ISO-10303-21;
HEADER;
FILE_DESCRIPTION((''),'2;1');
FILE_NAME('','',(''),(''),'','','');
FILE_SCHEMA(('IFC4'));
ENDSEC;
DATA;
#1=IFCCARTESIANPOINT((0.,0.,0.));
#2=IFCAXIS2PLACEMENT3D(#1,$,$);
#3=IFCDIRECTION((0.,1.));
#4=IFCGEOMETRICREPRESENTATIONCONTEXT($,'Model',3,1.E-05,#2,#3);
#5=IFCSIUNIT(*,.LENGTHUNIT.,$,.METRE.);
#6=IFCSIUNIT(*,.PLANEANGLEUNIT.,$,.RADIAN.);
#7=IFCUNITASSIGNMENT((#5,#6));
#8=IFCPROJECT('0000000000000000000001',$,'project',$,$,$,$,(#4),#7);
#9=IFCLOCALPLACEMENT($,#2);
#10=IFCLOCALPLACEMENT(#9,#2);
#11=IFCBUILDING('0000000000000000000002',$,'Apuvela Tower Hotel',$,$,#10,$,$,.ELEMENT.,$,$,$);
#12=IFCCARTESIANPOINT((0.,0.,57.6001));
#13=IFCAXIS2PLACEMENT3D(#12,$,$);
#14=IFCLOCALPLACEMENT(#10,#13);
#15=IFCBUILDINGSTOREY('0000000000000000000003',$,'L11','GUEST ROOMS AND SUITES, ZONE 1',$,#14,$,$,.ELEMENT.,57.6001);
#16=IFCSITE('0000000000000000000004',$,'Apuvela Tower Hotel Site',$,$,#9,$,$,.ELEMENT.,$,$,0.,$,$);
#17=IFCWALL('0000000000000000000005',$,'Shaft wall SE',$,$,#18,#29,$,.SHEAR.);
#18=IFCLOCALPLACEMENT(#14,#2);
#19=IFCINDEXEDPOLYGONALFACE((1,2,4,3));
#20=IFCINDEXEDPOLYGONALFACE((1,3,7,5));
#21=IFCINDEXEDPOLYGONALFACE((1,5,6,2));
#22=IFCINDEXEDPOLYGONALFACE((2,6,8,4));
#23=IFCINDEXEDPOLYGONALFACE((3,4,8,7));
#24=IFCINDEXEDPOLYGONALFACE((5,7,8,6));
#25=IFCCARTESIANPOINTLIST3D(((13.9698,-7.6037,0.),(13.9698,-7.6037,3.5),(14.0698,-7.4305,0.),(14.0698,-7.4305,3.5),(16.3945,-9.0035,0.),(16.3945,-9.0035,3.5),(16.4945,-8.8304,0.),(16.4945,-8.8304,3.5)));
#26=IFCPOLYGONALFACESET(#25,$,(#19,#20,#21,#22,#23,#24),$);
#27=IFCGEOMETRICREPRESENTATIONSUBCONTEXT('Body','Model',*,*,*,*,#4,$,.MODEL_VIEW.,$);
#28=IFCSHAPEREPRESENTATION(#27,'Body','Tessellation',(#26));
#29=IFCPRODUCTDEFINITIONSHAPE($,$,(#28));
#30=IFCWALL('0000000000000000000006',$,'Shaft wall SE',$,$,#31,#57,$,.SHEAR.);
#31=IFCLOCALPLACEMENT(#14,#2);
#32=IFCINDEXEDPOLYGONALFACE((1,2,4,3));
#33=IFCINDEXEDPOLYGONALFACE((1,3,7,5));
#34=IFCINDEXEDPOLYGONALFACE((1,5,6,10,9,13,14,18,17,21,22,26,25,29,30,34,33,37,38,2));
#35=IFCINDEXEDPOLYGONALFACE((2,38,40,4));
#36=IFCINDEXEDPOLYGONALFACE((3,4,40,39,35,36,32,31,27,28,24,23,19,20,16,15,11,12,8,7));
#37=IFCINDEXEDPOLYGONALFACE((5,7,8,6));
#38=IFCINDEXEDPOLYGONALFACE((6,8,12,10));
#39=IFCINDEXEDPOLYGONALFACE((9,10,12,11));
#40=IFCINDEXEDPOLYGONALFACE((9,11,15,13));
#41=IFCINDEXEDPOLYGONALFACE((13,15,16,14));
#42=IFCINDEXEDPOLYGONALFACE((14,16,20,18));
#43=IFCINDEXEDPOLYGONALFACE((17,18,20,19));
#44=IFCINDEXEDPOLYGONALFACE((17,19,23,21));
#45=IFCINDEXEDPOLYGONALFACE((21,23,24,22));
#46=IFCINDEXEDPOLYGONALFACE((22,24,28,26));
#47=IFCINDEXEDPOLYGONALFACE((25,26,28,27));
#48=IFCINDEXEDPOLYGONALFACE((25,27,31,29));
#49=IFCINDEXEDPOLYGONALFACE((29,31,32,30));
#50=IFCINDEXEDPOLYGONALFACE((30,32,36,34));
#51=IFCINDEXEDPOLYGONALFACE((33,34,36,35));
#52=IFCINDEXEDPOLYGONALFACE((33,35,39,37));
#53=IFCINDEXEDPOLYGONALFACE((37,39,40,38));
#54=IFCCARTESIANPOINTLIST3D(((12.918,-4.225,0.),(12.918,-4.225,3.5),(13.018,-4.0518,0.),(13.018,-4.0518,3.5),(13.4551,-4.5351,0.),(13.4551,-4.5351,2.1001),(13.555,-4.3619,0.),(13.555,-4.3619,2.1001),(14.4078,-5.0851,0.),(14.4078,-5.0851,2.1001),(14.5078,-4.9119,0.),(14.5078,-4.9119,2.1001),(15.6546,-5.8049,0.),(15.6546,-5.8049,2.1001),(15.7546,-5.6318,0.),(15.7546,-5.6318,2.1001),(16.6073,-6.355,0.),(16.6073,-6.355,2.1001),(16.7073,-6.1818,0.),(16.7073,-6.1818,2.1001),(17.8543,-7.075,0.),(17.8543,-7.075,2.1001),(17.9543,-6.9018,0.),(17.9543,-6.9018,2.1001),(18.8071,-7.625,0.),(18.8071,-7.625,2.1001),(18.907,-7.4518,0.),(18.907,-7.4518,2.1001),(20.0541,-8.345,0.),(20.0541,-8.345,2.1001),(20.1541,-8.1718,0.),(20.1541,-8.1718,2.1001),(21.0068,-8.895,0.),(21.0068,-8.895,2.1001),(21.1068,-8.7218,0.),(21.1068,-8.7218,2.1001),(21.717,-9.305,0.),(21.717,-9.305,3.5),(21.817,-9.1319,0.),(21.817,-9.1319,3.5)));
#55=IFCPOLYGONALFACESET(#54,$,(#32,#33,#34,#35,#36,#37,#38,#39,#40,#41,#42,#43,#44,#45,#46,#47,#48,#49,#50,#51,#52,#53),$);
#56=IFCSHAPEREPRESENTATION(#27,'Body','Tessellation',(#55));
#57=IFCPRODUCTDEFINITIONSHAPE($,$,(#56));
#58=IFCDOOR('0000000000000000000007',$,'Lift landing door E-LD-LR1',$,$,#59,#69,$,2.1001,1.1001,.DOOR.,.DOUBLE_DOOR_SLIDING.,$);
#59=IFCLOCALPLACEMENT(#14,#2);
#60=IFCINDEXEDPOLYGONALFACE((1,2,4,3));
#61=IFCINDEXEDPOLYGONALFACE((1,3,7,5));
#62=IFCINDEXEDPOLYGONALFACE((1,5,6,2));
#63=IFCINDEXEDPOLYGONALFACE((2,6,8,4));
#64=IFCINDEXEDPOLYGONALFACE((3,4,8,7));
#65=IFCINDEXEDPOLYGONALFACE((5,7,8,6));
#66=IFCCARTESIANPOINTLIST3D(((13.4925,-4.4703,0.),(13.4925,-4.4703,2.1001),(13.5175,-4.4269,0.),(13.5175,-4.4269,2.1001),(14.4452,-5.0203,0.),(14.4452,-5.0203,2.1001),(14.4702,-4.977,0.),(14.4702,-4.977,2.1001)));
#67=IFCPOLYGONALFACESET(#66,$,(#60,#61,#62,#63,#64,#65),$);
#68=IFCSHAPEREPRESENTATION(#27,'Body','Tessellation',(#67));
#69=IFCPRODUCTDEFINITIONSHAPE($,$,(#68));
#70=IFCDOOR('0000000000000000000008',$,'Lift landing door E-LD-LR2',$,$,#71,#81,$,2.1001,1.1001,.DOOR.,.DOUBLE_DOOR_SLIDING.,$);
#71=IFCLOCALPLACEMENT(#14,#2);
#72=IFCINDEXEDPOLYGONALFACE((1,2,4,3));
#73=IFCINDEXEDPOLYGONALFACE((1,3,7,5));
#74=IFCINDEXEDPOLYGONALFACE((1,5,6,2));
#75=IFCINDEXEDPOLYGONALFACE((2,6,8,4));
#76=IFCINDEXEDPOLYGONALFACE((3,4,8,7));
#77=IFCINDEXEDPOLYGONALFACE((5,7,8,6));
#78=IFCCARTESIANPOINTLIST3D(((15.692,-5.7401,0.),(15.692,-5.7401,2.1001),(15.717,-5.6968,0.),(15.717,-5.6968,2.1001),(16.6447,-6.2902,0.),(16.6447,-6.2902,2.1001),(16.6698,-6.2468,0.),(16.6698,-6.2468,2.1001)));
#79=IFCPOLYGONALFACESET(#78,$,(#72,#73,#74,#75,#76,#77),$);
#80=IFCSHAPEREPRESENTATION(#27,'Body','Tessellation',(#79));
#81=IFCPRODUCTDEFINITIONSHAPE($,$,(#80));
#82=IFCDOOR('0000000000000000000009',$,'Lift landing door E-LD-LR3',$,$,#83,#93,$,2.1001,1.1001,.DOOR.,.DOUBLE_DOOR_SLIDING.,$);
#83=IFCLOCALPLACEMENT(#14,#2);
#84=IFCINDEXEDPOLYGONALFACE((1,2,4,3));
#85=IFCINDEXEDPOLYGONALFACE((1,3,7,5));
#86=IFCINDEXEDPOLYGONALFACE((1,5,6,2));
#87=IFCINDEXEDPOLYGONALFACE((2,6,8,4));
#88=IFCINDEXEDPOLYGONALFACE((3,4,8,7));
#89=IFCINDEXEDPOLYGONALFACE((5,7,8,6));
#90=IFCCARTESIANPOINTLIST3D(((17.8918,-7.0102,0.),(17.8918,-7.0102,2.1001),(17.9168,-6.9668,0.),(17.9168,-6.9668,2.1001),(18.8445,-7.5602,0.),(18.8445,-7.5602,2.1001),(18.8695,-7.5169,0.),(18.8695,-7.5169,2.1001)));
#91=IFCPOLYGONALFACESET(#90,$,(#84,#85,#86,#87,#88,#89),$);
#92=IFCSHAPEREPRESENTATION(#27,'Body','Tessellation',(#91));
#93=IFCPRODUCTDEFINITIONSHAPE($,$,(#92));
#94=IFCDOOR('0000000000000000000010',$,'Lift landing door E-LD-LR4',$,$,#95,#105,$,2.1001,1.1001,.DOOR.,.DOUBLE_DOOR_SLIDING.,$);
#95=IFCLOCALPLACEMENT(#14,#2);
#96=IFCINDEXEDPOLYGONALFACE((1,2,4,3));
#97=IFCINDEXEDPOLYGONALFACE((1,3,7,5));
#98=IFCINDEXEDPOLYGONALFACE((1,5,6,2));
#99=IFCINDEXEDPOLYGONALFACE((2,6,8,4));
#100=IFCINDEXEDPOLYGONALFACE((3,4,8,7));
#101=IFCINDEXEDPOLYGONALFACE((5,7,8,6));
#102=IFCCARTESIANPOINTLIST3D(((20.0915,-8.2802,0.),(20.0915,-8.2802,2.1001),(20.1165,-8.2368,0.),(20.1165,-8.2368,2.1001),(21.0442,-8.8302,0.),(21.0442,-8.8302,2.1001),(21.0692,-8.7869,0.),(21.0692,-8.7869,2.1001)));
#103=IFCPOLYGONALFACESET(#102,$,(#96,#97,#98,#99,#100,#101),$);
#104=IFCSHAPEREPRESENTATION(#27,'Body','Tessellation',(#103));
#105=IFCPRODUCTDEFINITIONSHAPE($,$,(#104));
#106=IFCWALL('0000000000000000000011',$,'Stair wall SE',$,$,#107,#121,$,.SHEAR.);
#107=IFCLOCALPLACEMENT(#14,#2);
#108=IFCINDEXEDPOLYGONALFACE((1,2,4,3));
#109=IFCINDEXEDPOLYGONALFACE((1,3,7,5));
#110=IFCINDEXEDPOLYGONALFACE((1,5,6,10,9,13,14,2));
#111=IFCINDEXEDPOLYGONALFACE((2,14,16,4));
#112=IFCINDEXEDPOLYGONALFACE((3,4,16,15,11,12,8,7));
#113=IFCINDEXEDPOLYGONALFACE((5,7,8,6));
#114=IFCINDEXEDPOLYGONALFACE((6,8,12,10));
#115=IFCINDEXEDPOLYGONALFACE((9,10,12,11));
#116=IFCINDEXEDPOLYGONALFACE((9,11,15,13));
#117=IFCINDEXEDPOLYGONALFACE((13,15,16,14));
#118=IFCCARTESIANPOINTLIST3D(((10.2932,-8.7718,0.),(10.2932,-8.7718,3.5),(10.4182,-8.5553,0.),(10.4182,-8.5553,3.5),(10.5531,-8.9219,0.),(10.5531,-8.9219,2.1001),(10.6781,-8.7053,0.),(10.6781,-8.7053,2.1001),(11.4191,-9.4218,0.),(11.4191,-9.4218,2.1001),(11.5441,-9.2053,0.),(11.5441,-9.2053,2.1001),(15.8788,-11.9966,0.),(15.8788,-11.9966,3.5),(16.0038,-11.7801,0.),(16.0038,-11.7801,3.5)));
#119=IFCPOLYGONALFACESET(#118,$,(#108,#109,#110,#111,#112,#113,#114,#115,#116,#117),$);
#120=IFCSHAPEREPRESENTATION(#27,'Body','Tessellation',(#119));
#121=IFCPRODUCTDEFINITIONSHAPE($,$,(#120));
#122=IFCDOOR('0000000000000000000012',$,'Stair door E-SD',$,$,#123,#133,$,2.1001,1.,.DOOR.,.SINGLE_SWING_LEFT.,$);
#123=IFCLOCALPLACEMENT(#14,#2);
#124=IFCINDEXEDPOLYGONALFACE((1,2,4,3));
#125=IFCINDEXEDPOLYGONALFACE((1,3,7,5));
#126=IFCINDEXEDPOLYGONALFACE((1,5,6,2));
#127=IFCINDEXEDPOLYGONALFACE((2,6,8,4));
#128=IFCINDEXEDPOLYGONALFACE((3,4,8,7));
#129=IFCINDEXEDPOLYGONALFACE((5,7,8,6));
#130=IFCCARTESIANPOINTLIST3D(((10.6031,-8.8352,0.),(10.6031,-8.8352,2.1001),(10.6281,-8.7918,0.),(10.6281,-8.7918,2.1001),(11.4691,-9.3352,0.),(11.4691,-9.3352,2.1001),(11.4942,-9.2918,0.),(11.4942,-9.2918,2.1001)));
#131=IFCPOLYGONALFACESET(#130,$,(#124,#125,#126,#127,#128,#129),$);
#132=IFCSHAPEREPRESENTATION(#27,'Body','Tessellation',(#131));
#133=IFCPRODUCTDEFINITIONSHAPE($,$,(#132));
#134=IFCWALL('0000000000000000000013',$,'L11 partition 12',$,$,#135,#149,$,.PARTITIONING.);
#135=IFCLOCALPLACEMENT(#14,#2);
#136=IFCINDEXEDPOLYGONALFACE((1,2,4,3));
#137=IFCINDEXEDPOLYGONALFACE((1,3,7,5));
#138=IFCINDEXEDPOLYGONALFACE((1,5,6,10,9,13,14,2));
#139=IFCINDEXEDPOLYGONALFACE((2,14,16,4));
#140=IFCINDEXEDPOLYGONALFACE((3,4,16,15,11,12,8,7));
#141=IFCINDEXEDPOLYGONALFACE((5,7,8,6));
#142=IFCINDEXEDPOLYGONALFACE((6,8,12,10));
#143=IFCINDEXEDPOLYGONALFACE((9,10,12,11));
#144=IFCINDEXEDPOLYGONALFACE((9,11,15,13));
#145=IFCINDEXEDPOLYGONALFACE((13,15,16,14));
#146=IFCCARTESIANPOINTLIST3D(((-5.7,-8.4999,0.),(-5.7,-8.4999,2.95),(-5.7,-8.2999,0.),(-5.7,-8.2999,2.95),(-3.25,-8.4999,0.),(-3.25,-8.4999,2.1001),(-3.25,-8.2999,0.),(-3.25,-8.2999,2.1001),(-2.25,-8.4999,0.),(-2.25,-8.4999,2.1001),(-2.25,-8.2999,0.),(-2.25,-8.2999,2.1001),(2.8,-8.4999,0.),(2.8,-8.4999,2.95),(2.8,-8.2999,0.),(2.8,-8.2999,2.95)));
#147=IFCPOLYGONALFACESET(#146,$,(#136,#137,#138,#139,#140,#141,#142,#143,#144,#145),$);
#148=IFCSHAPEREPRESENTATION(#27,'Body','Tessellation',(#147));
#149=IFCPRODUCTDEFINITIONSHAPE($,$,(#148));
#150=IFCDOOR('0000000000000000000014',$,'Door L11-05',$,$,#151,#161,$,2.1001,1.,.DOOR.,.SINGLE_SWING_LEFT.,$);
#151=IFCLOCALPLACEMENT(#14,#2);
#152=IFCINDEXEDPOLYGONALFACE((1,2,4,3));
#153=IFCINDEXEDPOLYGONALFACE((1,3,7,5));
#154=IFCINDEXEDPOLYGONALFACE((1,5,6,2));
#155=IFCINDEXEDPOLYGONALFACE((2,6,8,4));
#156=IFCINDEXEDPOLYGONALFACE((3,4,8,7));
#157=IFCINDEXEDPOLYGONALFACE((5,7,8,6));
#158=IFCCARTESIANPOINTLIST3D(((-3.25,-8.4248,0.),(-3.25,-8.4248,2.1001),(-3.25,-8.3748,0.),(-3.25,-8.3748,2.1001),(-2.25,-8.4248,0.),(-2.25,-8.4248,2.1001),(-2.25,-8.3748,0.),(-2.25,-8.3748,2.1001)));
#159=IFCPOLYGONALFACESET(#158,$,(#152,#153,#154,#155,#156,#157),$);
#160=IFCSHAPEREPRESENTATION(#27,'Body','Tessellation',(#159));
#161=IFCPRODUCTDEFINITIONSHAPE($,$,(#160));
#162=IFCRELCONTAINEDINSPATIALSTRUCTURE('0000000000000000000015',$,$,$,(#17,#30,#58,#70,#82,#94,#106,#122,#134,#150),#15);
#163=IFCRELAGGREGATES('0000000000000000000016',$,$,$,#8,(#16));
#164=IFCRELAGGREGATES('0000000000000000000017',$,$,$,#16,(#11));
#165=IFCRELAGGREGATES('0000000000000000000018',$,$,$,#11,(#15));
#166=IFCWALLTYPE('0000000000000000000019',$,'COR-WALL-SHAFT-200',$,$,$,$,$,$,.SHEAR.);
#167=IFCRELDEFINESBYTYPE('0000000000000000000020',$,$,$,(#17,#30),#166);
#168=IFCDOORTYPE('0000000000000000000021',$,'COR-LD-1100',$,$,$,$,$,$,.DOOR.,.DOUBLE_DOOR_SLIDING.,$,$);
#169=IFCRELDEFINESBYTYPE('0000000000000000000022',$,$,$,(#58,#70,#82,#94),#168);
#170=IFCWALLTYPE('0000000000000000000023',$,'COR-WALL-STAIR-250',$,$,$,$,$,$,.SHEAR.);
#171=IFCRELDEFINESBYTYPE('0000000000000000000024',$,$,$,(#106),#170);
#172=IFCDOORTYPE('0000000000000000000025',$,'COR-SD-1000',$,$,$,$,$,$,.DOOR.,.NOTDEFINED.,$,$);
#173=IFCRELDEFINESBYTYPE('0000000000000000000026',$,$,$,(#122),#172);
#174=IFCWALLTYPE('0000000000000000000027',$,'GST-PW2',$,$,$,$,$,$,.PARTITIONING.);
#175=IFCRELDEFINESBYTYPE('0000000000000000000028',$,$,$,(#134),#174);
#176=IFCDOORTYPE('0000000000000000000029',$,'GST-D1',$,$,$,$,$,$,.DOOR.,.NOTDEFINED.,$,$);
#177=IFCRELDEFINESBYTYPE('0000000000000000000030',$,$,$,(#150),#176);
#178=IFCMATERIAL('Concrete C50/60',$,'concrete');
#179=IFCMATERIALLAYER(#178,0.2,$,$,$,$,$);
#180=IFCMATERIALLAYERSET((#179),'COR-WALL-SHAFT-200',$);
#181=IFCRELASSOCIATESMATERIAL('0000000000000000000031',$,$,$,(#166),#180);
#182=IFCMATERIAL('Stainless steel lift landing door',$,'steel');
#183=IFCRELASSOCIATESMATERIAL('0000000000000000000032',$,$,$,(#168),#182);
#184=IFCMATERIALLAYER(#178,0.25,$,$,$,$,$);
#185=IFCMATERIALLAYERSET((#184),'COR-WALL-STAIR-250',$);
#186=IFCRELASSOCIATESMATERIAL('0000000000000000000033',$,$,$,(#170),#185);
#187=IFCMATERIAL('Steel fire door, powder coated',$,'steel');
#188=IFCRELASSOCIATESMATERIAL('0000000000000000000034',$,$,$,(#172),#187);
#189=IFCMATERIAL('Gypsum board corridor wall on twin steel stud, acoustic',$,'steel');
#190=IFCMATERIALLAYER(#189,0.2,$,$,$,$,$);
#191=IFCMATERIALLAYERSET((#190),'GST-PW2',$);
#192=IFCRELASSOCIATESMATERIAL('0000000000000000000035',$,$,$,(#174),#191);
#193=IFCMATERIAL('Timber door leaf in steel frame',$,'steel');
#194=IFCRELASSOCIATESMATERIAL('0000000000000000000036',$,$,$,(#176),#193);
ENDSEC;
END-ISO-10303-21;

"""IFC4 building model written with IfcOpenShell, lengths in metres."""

from ifc_helpers import new_model, si_unit, direction, frame, frame_2d, origin, place, context, subcontext, project, spatial, rectangle, extrude, material, layer, layer_set, type_object, element, fill, save


model = new_model("IFC4")

# Units and contexts
model_context = context("Model", 3, precision=1e-05, world=origin(), true_north=direction((0.0, 1.0)))
body_context = subcontext(model_context, "Body", "Model", "MODEL_VIEW")
ifc_project = project(units=[si_unit("LENGTHUNIT", "METRE"), si_unit("PLANEANGLEUNIT", "RADIAN")], contexts=[model_context])

# Site, building, storey
site_placement = place(None, origin())
site = spatial("IfcSite", under=ifc_project, at=site_placement, Name="Apuvela Tower Hotel Site", CompositionType="ELEMENT", RefElevation=0.0)
building_placement = place(site_placement, origin())
building = spatial("IfcBuilding", under=site, at=building_placement, Name="Apuvela Tower Hotel", CompositionType="ELEMENT")
storey_placement = place(building_placement, frame((0.0, 0.0, 57.6001)))
storey = spatial("IfcBuildingStorey", under=building, at=storey_placement, Name="L11", Description="GUEST ROOMS AND SUITES, ZONE 1", CompositionType="ELEMENT", Elevation=57.6001)

# Shared definitions
ifc_material_1 = material(Name="Concrete C50/60", Category="concrete")
ifc_material_2 = material(Name="Steel fire door, powder coated", Category="steel")

# Shared definitions
ifc_layer_1 = layer(ifc_material_1, 0.2)
ifc_layer_set_1 = layer_set([ifc_layer_1], Name="COR-WALL-SHAFT-200")
wall_type_1 = type_object("IfcWallType", Name="COR-WALL-SHAFT-200", PredefinedType="SHEAR", material=ifc_layer_set_1)
ifc_material_3 = material(Name="Stainless steel lift landing door", Category="steel")

# Wall
wall_1_placement = place(storey_placement, frame((14.0198, -7.5171, 0.0), z_axis=(0.0, 0.0, 1.0), x_axis=(0.866035, -0.499984, 0.0)))
element("IfcWall", 1, at=wall_1_placement, inside=storey, type_object=wall_type_1, Name="Shaft wall SE", PredefinedType="SHEAR", context=body_context, shape_type="SweptSolid", body=[
    extrude(rectangle(XDim=2.7998, YDim=0.2, at=frame_2d((1.3999, 0.0))), origin(), (0.0, 0.0, 1.0), 3.5),
])

# Wall, openings, doors
wall_2_placement = place(storey_placement, frame((12.968, -4.1384, 0.0), z_axis=(0.0, 0.0, 1.0), x_axis=(0.866028, -0.499995, 0.0)))
wall_2 = element("IfcWall", 2, at=wall_2_placement, inside=storey, type_object=wall_type_1, Name="Shaft wall SE", PredefinedType="SHEAR", context=body_context, shape_type="SweptSolid", body=[
    extrude(rectangle(XDim=10.1602, YDim=0.2, at=frame_2d((5.0801, 0.0))), origin(), (0.0, 0.0, 1.0), 3.5),
])
opening_1_placement = place(wall_2_placement, frame((0.6201, 0.0, 0.0)))
opening_1 = element("IfcOpeningElement", 3, at=opening_1_placement, cuts=wall_2, PredefinedType="OPENING", context=body_context, shape_type="SweptSolid", body=[
    extrude(rectangle(XDim=1.1001, YDim=2.1001, at=frame_2d((0.55, 1.05))), frame((0.0, 0.1099, 0.0), z_axis=(0.0, -1.0, 0.0), x_axis=(1.0, 0.0, 0.0)), (0.0, 0.0, 1.0), 0.22),
])
opening_2_placement = place(wall_2_placement, frame((3.1599, 0.0, 0.0)))
opening_2 = element("IfcOpeningElement", 4, at=opening_2_placement, cuts=wall_2, PredefinedType="OPENING", context=body_context, shape_type="SweptSolid", body=[
    extrude(rectangle(XDim=1.1001, YDim=2.1001, at=frame_2d((0.55, 1.05))), frame((0.0, 0.1099, 0.0), z_axis=(0.0, -1.0, 0.0), x_axis=(1.0, 0.0, 0.0)), (0.0, 0.0, 1.0), 0.22),
])
opening_3_placement = place(wall_2_placement, frame((5.7, 0.0, 0.0)))
opening_3 = element("IfcOpeningElement", 5, at=opening_3_placement, cuts=wall_2, PredefinedType="OPENING", context=body_context, shape_type="SweptSolid", body=[
    extrude(rectangle(XDim=1.1001, YDim=2.1001, at=frame_2d((0.55, 1.05))), frame((0.0, 0.1099, 0.0), z_axis=(0.0, -1.0, 0.0), x_axis=(1.0, 0.0, 0.0)), (0.0, 0.0, 1.0), 0.22),
])
opening_4_placement = place(wall_2_placement, frame((8.24, 0.0, 0.0)))
opening_4 = element("IfcOpeningElement", 6, at=opening_4_placement, cuts=wall_2, PredefinedType="OPENING", context=body_context, shape_type="SweptSolid", body=[
    extrude(rectangle(XDim=1.1001, YDim=2.1001, at=frame_2d((0.55, 1.05))), frame((0.0, 0.1099, 0.0), z_axis=(0.0, -1.0, 0.0), x_axis=(1.0, 0.0, 0.0)), (0.0, 0.0, 1.0), 0.22),
])
door_type_1 = type_object("IfcDoorType", Name="COR-LD-1100", OperationType="DOUBLE_DOOR_SLIDING", PredefinedType="DOOR", material=ifc_material_3)
door_1_placement = place(opening_1_placement, origin())
door_1 = element("IfcDoor", 7, at=door_1_placement, inside=storey, type_object=door_type_1, Name="Lift landing door E-LD-LR1", OperationType="DOUBLE_DOOR_SLIDING", OverallHeight=2.1001, OverallWidth=1.1001, PredefinedType="DOOR", context=body_context, shape_type="SweptSolid", body=[
    extrude(rectangle(XDim=1.1001, YDim=2.1001, at=frame_2d((0.55, 1.05))), frame((0.0, 0.0249, 0.0), z_axis=(0.0, -1.0, 0.0), x_axis=(1.0, 0.0, 0.0)), (0.0, 0.0, 1.0), 0.05),
])
fill(opening_1, door_1)
door_2_placement = place(opening_2_placement, origin())
door_2 = element("IfcDoor", 8, at=door_2_placement, inside=storey, type_object=door_type_1, Name="Lift landing door E-LD-LR2", OperationType="DOUBLE_DOOR_SLIDING", OverallHeight=2.1001, OverallWidth=1.1001, PredefinedType="DOOR", context=body_context, shape_type="SweptSolid", body=[
    extrude(rectangle(XDim=1.1001, YDim=2.1001, at=frame_2d((0.55, 1.05))), frame((0.0, 0.0249, 0.0), z_axis=(0.0, -1.0, 0.0), x_axis=(1.0, 0.0, 0.0)), (0.0, 0.0, 1.0), 0.05),
])
fill(opening_2, door_2)
door_3_placement = place(opening_3_placement, origin())
door_3 = element("IfcDoor", 9, at=door_3_placement, inside=storey, type_object=door_type_1, Name="Lift landing door E-LD-LR3", OperationType="DOUBLE_DOOR_SLIDING", OverallHeight=2.1001, OverallWidth=1.1001, PredefinedType="DOOR", context=body_context, shape_type="SweptSolid", body=[
    extrude(rectangle(XDim=1.1001, YDim=2.1001, at=frame_2d((0.55, 1.05))), frame((0.0, 0.0249, 0.0), z_axis=(0.0, -1.0, 0.0), x_axis=(1.0, 0.0, 0.0)), (0.0, 0.0, 1.0), 0.05),
])
fill(opening_3, door_3)
door_4_placement = place(opening_4_placement, origin())
door_4 = element("IfcDoor", 10, at=door_4_placement, inside=storey, type_object=door_type_1, Name="Lift landing door E-LD-LR4", OperationType="DOUBLE_DOOR_SLIDING", OverallHeight=2.1001, OverallWidth=1.1001, PredefinedType="DOOR", context=body_context, shape_type="SweptSolid", body=[
    extrude(rectangle(XDim=1.1001, YDim=2.1001, at=frame_2d((0.55, 1.05))), frame((0.0, 0.0249, 0.0), z_axis=(0.0, -1.0, 0.0), x_axis=(1.0, 0.0, 0.0)), (0.0, 0.0, 1.0), 0.05),
])
fill(opening_4, door_4)

# Walls, openings, doors
ifc_layer_2 = layer(ifc_material_1, 0.25)
ifc_layer_set_2 = layer_set([ifc_layer_2], Name="COR-WALL-STAIR-250")
wall_type_2 = type_object("IfcWallType", Name="COR-WALL-STAIR-250", PredefinedType="SHEAR", material=ifc_layer_set_2)
wall_3_placement = place(storey_placement, frame((10.3557, -8.6636, 0.0), z_axis=(0.0, 0.0, 1.0), x_axis=(0.866029, -0.499994, 0.0)))
wall_3 = element("IfcWall", 11, at=wall_3_placement, inside=storey, type_object=wall_type_2, Name="Stair wall SE", PredefinedType="SHEAR", context=body_context, shape_type="SweptSolid", body=[
    extrude(rectangle(XDim=6.4497, YDim=0.25, at=frame_2d((3.2249, 0.0))), origin(), (0.0, 0.0, 1.0), 3.5),
])
opening_5_placement = place(wall_3_placement, frame((0.3, 0.0, 0.0)))
opening_5 = element("IfcOpeningElement", 12, at=opening_5_placement, cuts=wall_3, PredefinedType="OPENING", context=body_context, shape_type="SweptSolid", body=[
    extrude(rectangle(XDim=1.0, YDim=2.1001, at=frame_2d((0.5, 1.05))), frame((0.0, 0.135, 0.0), z_axis=(0.0, -1.0, 0.0), x_axis=(1.0, 0.0, 0.0)), (0.0, 0.0, 1.0), 0.27),
])
door_type_2 = type_object("IfcDoorType", Name="COR-SD-1000", OperationType="NOTDEFINED", PredefinedType="DOOR", material=ifc_material_2)
door_5_placement = place(opening_5_placement, frame((1.0, 0.0, 0.0), z_axis=(0.0, 0.0, 1.0), x_axis=(-1.0, 0.0, 0.0)))
door_5 = element("IfcDoor", 13, at=door_5_placement, inside=storey, type_object=door_type_2, Name="Stair door E-SD", OperationType="SINGLE_SWING_LEFT", OverallHeight=2.1001, OverallWidth=1.0, PredefinedType="DOOR", context=body_context, shape_type="SweptSolid", body=[
    extrude(rectangle(XDim=1.0, YDim=2.1001, at=frame_2d((0.5, 1.05))), frame((0.0, 0.0249, 0.0), z_axis=(0.0, -1.0, 0.0), x_axis=(1.0, 0.0, 0.0)), (0.0, 0.0, 1.0), 0.05),
])
fill(opening_5, door_5)
ifc_material_4 = material(Name="Gypsum board corridor wall on twin steel stud, acoustic", Category="steel")
ifc_layer_3 = layer(ifc_material_4, 0.2)
ifc_layer_set_3 = layer_set([ifc_layer_3], Name="GST-PW2")
wall_type_3 = type_object("IfcWallType", Name="GST-PW2", PredefinedType="PARTITIONING", material=ifc_layer_set_3)
wall_4_placement = place(storey_placement, frame((2.8, -8.3999, 0.0), z_axis=(0.0, 0.0, 1.0), x_axis=(-1.0, 0.0, 0.0)))
wall_4 = element("IfcWall", 14, at=wall_4_placement, inside=storey, type_object=wall_type_3, Name="L11 partition 12", PredefinedType="PARTITIONING", context=body_context, shape_type="SweptSolid", body=[
    extrude(rectangle(XDim=8.5, YDim=0.2, at=frame_2d((4.25, 0.0))), origin(), (0.0, 0.0, 1.0), 2.95),
])
opening_6_placement = place(wall_4_placement, frame((5.05, 0.0, 0.0)))
opening_6 = element("IfcOpeningElement", 15, at=opening_6_placement, cuts=wall_4, PredefinedType="OPENING", context=body_context, shape_type="SweptSolid", body=[
    extrude(rectangle(XDim=1.0, YDim=2.1001, at=frame_2d((0.5, 1.05))), frame((0.0, 0.1099, 0.0), z_axis=(0.0, -1.0, 0.0), x_axis=(1.0, 0.0, 0.0)), (0.0, 0.0, 1.0), 0.22),
])
ifc_material_5 = material(Name="Timber door leaf in steel frame", Category="steel")
door_type_3 = type_object("IfcDoorType", Name="GST-D1", OperationType="NOTDEFINED", PredefinedType="DOOR", material=ifc_material_5)
door_6_placement = place(opening_6_placement, origin())
door_6 = element("IfcDoor", 16, at=door_6_placement, inside=storey, type_object=door_type_3, Name="Door L11-05", OperationType="SINGLE_SWING_LEFT", OverallHeight=2.1001, OverallWidth=1.0, PredefinedType="DOOR", context=body_context, shape_type="SweptSolid", body=[
    extrude(rectangle(XDim=1.0, YDim=2.1001, at=frame_2d((0.5, 1.05))), frame((0.0, 0.0249, 0.0), z_axis=(0.0, -1.0, 0.0), x_axis=(1.0, 0.0, 0.0)), (0.0, 0.0, 1.0), 0.05),
])
fill(opening_6, door_6)

save(model, "model.ifc")
